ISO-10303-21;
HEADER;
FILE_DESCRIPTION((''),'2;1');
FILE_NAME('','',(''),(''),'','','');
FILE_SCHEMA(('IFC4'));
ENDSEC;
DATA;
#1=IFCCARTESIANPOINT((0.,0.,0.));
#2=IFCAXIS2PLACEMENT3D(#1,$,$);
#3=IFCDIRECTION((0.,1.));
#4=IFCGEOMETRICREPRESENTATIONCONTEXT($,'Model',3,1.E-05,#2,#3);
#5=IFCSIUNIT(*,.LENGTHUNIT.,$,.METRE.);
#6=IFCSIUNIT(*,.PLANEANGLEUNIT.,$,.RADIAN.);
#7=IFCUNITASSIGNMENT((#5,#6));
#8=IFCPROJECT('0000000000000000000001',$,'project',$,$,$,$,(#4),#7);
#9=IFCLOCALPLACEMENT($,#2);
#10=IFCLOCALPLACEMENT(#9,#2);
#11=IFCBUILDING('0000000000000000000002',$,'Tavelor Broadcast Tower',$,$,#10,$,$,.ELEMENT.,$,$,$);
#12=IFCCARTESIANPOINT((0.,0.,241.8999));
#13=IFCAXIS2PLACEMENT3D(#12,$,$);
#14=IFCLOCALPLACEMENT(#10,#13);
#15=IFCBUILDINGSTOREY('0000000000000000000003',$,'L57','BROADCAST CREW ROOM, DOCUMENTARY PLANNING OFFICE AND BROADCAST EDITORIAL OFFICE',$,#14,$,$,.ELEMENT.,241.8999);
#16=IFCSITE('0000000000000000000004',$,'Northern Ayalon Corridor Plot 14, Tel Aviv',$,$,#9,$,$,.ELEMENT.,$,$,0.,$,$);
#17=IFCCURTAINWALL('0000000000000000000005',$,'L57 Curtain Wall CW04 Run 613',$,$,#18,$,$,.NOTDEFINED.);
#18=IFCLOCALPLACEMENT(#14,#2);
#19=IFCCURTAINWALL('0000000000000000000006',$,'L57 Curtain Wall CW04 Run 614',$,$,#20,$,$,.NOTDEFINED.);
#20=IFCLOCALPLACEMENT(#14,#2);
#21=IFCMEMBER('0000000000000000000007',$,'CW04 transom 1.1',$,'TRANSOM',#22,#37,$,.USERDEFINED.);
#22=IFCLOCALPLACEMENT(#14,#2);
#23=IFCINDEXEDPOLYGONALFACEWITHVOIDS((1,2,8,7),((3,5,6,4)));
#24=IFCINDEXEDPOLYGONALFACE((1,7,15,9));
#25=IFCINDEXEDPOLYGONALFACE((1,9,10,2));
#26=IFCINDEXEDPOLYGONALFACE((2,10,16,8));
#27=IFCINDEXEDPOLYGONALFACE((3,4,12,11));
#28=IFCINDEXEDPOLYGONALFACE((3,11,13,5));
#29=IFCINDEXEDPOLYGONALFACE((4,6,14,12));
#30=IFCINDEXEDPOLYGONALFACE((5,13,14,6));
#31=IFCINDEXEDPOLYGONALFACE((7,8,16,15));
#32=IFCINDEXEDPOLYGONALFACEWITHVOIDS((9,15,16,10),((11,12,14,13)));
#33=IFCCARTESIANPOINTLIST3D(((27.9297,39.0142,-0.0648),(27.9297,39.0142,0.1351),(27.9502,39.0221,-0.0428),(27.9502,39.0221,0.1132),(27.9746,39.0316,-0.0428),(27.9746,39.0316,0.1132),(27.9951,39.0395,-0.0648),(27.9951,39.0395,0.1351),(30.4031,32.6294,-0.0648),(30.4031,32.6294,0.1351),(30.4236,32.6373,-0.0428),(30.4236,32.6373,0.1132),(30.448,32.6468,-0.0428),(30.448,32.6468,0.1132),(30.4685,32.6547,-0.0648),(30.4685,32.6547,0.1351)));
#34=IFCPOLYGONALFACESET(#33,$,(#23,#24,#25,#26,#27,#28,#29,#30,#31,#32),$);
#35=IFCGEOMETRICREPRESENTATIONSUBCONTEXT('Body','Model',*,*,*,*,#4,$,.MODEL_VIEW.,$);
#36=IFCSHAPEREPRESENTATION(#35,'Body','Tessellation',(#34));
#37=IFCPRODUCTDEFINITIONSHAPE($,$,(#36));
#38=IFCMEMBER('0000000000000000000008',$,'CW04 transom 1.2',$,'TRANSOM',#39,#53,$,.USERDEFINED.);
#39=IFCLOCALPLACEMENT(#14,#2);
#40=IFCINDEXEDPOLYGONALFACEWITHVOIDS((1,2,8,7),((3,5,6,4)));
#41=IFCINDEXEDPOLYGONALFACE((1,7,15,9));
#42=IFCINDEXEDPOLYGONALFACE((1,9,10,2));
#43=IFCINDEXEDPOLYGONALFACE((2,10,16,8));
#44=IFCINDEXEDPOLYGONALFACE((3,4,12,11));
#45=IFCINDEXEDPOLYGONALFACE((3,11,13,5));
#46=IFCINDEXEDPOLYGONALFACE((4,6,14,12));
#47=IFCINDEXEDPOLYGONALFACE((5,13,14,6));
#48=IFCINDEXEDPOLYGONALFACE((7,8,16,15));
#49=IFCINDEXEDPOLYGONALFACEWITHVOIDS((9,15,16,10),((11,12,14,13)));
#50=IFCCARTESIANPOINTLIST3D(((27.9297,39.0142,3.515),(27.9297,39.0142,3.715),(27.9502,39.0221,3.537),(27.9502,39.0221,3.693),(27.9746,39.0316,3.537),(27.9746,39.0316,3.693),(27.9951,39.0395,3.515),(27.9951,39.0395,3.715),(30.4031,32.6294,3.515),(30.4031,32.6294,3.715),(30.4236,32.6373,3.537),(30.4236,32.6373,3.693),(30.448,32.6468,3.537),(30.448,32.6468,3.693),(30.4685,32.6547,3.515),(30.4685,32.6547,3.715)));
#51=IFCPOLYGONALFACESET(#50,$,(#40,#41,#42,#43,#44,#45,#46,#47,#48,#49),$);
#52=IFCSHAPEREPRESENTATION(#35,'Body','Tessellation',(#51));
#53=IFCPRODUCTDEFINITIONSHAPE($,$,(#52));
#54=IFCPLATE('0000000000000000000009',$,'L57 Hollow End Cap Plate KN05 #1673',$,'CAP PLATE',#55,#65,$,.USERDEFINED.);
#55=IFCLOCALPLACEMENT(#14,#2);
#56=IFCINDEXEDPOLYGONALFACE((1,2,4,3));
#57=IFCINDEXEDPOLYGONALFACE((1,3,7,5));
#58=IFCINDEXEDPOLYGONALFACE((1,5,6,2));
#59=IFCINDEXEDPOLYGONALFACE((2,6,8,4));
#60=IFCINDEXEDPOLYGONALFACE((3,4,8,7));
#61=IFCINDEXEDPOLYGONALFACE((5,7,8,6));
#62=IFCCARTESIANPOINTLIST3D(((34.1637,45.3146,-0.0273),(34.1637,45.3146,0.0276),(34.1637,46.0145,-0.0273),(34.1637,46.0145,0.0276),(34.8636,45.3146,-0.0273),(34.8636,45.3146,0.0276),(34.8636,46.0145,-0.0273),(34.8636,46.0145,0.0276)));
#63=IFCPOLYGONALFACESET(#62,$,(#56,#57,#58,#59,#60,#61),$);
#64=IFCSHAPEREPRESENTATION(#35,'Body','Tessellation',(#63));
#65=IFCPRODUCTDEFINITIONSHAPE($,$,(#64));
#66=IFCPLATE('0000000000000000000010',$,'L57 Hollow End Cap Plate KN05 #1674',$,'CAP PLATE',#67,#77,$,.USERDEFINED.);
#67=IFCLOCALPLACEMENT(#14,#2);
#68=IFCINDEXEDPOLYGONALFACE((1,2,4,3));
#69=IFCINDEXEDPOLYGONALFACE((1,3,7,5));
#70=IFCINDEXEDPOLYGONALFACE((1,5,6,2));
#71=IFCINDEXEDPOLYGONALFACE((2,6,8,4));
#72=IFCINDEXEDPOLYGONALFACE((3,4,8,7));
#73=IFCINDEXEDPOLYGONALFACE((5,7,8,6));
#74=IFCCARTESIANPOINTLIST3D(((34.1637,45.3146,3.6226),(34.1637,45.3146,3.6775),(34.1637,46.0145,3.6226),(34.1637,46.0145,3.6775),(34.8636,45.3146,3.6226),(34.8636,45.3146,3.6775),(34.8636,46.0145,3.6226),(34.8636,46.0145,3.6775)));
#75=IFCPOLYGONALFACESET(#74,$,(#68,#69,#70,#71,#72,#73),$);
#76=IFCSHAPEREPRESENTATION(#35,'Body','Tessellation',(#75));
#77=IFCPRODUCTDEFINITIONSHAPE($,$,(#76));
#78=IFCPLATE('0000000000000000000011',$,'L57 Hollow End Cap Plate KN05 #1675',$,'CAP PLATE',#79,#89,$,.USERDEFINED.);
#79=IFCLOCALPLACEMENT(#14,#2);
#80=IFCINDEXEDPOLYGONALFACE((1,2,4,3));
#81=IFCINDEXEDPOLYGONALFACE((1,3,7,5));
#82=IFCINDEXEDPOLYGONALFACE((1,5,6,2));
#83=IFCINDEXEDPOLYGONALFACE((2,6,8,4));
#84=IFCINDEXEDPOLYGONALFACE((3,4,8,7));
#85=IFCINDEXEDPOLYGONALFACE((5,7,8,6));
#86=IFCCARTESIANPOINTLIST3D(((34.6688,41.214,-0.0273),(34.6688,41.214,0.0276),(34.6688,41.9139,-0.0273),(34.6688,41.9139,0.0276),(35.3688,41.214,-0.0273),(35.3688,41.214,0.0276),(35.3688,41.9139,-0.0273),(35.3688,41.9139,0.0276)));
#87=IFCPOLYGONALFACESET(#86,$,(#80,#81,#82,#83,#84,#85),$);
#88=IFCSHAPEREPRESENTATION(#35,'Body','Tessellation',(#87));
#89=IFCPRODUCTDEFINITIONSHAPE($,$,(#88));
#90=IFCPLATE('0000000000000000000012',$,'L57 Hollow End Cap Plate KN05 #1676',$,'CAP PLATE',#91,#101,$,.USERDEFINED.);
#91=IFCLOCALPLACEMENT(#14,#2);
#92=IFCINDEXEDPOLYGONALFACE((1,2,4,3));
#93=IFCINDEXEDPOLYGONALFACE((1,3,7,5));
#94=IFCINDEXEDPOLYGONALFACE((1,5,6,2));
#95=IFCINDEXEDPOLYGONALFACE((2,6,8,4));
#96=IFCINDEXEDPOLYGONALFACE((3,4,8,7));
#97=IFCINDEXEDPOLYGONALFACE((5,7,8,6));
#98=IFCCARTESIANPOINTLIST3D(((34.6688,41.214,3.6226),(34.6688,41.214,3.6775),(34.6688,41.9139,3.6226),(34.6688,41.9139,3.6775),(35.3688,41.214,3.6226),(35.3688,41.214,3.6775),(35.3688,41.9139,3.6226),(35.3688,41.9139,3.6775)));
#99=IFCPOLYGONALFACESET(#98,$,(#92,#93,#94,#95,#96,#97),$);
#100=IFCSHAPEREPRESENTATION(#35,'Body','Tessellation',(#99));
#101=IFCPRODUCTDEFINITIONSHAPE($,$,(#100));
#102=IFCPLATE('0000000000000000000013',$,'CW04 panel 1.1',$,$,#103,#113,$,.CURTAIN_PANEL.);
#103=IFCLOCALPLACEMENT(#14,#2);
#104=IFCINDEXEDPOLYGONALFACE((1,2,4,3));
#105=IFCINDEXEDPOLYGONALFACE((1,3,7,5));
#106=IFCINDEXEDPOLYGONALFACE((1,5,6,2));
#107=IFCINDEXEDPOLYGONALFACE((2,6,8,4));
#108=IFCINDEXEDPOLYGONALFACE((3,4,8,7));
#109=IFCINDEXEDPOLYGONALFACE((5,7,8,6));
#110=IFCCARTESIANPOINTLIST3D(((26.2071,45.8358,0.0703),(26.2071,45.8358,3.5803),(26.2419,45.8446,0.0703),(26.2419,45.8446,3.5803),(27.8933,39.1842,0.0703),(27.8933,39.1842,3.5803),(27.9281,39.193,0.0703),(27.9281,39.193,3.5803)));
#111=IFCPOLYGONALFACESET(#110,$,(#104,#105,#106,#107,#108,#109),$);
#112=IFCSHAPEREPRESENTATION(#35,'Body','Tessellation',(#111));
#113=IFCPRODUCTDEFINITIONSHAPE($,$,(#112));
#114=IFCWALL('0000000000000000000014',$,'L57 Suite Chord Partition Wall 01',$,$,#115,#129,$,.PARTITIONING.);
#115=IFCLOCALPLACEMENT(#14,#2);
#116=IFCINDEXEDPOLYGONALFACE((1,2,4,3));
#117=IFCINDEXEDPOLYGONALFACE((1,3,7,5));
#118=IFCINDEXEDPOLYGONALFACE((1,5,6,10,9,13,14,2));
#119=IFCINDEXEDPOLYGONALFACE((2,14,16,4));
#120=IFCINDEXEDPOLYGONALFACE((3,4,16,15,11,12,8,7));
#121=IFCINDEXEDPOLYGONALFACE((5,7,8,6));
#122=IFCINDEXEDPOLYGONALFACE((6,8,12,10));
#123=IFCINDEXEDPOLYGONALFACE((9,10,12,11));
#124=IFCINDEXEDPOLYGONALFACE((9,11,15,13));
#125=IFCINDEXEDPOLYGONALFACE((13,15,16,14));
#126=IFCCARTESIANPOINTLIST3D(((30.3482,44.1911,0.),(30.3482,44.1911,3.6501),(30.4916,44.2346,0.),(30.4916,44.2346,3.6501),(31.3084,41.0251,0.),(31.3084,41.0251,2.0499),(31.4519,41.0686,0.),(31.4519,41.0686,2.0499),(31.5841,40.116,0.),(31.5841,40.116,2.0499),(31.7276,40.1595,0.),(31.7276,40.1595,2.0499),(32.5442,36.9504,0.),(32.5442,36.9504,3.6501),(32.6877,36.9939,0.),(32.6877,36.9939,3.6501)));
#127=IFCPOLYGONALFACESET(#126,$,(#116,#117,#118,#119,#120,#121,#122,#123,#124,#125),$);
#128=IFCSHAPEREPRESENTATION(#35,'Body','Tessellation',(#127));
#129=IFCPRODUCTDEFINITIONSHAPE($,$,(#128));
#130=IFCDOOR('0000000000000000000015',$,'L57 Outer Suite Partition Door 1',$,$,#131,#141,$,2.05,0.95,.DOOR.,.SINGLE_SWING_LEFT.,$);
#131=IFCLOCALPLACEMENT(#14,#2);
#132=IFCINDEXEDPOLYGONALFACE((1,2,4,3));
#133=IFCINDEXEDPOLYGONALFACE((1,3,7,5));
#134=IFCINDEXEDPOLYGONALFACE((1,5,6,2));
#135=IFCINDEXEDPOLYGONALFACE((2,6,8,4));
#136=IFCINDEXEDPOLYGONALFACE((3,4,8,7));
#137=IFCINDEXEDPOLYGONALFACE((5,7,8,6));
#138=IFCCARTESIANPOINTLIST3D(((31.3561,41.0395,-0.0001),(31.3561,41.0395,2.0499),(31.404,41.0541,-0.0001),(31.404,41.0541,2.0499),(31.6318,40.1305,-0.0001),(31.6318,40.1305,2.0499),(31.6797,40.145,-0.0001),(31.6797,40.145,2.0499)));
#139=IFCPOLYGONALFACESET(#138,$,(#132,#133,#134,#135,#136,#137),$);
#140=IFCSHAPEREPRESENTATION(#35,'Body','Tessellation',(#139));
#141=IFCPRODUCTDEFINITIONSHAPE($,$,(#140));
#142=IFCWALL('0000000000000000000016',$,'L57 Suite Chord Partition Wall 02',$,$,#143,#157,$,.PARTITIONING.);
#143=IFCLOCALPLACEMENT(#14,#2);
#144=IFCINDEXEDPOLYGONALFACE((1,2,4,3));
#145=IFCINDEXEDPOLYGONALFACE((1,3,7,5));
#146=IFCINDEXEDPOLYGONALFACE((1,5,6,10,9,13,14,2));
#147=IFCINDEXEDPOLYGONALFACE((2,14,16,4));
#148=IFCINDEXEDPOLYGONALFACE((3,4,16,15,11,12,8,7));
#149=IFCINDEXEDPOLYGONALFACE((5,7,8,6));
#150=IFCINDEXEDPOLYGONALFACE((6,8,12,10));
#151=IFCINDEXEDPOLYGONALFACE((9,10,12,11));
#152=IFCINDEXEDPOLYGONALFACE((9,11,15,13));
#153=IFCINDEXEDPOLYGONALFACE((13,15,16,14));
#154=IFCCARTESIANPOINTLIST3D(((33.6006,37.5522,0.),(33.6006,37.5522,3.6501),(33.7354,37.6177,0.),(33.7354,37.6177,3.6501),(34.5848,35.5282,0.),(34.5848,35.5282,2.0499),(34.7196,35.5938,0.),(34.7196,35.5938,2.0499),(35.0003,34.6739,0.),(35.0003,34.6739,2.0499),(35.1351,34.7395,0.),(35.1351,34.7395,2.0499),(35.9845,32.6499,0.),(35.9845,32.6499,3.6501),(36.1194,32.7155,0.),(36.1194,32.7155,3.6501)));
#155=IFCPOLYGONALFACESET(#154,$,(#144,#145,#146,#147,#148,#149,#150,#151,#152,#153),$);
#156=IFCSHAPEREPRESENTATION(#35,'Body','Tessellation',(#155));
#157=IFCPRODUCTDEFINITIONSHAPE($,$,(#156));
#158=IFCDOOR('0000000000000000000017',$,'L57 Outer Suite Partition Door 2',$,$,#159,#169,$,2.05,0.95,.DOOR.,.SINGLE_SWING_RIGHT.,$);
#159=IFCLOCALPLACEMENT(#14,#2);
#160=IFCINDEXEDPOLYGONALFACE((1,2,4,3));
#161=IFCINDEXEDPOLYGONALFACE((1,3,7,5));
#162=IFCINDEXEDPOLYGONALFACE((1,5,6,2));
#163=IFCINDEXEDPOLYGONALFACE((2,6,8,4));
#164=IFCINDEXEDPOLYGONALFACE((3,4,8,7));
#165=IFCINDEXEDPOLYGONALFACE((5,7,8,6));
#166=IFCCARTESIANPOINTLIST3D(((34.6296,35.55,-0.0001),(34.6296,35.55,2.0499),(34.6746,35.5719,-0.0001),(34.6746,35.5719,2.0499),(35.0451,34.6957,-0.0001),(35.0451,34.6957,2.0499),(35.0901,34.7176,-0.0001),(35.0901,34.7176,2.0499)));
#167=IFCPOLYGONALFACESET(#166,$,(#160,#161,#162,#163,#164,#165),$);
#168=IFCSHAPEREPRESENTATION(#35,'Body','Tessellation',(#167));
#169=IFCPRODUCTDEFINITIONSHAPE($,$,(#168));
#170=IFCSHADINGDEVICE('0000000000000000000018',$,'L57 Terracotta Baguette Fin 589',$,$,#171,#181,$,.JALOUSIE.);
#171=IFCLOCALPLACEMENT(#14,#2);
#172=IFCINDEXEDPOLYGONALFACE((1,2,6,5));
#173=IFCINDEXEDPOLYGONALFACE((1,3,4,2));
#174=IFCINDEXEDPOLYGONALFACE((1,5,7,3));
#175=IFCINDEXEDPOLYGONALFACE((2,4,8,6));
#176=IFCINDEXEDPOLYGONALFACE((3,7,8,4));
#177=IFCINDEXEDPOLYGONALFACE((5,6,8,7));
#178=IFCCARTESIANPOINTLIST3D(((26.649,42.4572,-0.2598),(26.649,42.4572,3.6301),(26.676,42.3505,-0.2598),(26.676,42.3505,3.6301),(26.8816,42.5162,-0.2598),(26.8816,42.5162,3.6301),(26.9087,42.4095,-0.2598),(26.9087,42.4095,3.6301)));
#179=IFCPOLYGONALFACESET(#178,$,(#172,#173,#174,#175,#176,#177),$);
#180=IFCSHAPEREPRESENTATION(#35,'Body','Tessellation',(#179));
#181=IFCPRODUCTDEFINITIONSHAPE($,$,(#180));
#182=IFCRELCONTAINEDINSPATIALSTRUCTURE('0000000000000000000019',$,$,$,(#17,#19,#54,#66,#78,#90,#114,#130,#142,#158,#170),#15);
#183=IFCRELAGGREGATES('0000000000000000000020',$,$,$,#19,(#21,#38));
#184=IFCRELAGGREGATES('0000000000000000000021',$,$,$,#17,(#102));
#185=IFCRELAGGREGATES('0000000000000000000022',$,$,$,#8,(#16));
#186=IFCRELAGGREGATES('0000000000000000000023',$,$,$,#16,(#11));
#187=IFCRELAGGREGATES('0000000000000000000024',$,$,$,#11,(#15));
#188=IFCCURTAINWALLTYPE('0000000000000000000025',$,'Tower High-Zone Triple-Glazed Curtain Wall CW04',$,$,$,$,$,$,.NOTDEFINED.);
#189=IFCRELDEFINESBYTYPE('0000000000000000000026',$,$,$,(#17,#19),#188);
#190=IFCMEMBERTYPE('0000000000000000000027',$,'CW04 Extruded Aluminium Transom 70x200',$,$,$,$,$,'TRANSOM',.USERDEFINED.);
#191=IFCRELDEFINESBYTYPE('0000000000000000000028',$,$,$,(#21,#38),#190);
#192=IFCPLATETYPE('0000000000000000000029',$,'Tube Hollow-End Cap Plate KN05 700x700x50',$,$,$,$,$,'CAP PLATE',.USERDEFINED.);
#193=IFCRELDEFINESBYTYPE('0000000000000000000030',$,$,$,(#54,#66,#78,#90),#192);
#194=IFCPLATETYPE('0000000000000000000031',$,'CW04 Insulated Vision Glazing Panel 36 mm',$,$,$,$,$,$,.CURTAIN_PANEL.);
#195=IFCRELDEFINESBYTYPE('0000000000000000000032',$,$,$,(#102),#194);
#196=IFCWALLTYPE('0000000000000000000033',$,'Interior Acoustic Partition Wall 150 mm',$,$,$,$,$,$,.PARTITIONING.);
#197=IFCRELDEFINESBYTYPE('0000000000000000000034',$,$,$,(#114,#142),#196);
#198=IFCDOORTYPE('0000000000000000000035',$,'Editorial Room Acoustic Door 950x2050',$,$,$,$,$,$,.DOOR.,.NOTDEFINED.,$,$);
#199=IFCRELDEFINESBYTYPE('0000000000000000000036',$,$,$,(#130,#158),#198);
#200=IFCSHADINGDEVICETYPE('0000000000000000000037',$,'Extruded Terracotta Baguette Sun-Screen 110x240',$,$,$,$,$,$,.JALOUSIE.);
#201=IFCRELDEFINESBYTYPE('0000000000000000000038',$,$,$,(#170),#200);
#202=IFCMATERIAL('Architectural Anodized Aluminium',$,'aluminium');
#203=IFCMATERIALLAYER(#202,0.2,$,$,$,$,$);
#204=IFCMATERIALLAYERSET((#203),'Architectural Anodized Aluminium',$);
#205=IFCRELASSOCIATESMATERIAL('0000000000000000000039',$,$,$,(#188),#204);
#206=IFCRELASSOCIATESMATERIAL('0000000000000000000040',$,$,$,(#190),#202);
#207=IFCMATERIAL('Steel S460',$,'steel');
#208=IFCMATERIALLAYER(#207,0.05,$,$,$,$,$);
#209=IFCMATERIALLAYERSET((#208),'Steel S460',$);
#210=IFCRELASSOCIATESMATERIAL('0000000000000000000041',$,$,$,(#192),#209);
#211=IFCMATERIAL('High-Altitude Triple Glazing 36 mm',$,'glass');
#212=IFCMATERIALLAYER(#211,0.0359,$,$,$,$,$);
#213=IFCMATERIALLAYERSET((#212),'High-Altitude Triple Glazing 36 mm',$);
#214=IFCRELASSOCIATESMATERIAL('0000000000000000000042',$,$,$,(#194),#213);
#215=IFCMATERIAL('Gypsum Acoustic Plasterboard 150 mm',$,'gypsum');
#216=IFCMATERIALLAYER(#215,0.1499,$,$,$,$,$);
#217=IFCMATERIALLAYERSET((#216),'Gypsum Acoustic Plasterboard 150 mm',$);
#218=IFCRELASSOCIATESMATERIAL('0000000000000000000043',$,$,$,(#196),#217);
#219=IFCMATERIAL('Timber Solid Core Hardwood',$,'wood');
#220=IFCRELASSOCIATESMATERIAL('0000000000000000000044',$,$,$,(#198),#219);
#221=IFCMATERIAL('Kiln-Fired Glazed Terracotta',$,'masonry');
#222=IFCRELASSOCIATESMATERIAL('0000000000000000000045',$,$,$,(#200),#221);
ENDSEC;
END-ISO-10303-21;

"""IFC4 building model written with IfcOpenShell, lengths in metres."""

from ifc_helpers import new_model, si_unit, direction, frame, frame_2d, origin, origin_2d, place, context, subcontext, project, spatial, rectangle, hollow_rectangle, extrude, source, transform, mapped, material, layer, layer_set, material_profile, profile_set, type_object, type_shapes, element, fill, aggregate, save


model = new_model("IFC4")

# Units and contexts
model_context = context("Model", 3, precision=1e-05, world=origin(), true_north=direction((0.0, 1.0)))
body_context = subcontext(model_context, "Body", "Model", "MODEL_VIEW")
ifc_project = project(units=[si_unit("LENGTHUNIT", "METRE"), si_unit("PLANEANGLEUNIT", "RADIAN")], contexts=[model_context])

# Site, building, storey
site_placement = place(None, origin())
site = spatial("IfcSite", under=ifc_project, at=site_placement, Name="Northern Ayalon Corridor Plot 14, Tel Aviv", CompositionType="ELEMENT", RefElevation=0.0)
building_placement = place(site_placement, origin())
building = spatial("IfcBuilding", under=site, at=building_placement, Name="Tavelor Broadcast Tower", CompositionType="ELEMENT")
storey_placement = place(building_placement, frame((0.0, 0.0, 241.8999)))
storey = spatial("IfcBuildingStorey", under=building, at=storey_placement, Name="L57", Description="BROADCAST CREW ROOM, DOCUMENTARY PLANNING OFFICE AND BROADCAST EDITORIAL OFFICE", CompositionType="ELEMENT", Elevation=241.8999)

# Shared definitions
ifc_material_1 = material(Name="Steel S460", Category="steel")

# Curtain wall
ifc_material_2 = material(Name="Architectural Anodized Aluminium", Category="aluminium")
ifc_layer_1 = layer(ifc_material_2, 0.2)
ifc_layer_set_1 = layer_set([ifc_layer_1], Name="Architectural Anodized Aluminium")
curtain_wall_type = type_object("IfcCurtainWallType", Name="Tower High-Zone Triple-Glazed Curtain Wall CW04", PredefinedType="NOTDEFINED", material=ifc_layer_set_1)
curtain_wall_1_placement = place(storey_placement, origin())
curtain_wall_1 = element("IfcCurtainWall", 1, at=curtain_wall_1_placement, inside=storey, type_object=curtain_wall_type, Name="L57 Curtain Wall CW04 Run 613", PredefinedType="NOTDEFINED")

# Curtain wall
curtain_wall_2_placement = place(storey_placement, origin())
curtain_wall_2 = element("IfcCurtainWall", 2, at=curtain_wall_2_placement, inside=storey, type_object=curtain_wall_type, Name="L57 Curtain Wall CW04 Run 614", PredefinedType="NOTDEFINED")

# Members
ifc_material_profile_1 = material_profile(ifc_material_2, hollow_rectangle(XDim=0.0701, YDim=0.2, WallThickness=0.022, at=origin_2d()), Name="RHS 70x200x22")
ifc_profile_set_1 = profile_set([ifc_material_profile_1], Name="Architectural Anodized Aluminium")
member_type_1 = type_object("IfcMemberType", Name="CW04 Extruded Aluminium Transom 70x200", ElementType="TRANSOM", PredefinedType="USERDEFINED", material=ifc_profile_set_1)
shared_shape_1 = source(origin(), body_context, "Body", "SweptSolid", [
    extrude(hollow_rectangle(XDim=0.0701, YDim=0.2, WallThickness=0.022, at=origin_2d()), origin(), (0.0, 0.0, 1.0), 6.8472),
])
member_1_placement = place(storey_placement, frame((27.9624, 39.0269, 0.0352), z_axis=(0.361231, -0.932476, 0.0), x_axis=(0.932476, 0.361231, 0.0)))
member_1 = element("IfcMember", 3, at=member_1_placement, type_object=member_type_1, Name="CW04 transom 1.1", ObjectType="TRANSOM", PredefinedType="USERDEFINED", context=body_context, shape_type="MappedRepresentation", body=[
    mapped(shared_shape_1, transform((0.0, 0.0, 0.0), scale=1.0)),
])
member_2_placement = place(storey_placement, frame((27.9624, 39.0269, 3.615), z_axis=(0.361231, -0.932476, 0.0), x_axis=(0.932476, 0.361231, 0.0)))
member_2 = element("IfcMember", 4, at=member_2_placement, type_object=member_type_1, Name="CW04 transom 1.2", ObjectType="TRANSOM", PredefinedType="USERDEFINED", context=body_context, shape_type="MappedRepresentation", body=[
    mapped(shared_shape_1, transform((0.0, 0.0, 0.0), scale=1.0)),
])
aggregate(curtain_wall_2, [member_1, member_2])

# Plates
ifc_layer_2 = layer(ifc_material_1, 0.05)
ifc_layer_set_2 = layer_set([ifc_layer_2], Name="Steel S460")
plate_type_1 = type_object("IfcPlateType", Name="Tube Hollow-End Cap Plate KN05 700x700x50", ElementType="CAP PLATE", PredefinedType="USERDEFINED", material=ifc_layer_set_2)
shared_shape_2 = source(origin(), body_context, "Body", "SweptSolid", [
    extrude(rectangle(XDim=0.7, YDim=0.7, at=origin_2d()), origin(), (0.0, 0.0, 1.0), 0.0549),
])
type_shapes(plate_type_1, [shared_shape_2])
for number, where, z_axis, x_axis, name in (
    (5, (34.5137, 45.6646, -0.0273), (0.0, 0.0, 1.0), (1.0, 0.0, 0.0), "L57 Hollow End Cap Plate KN05 #1673"),
    (6, (34.5137, 45.6646, 3.6226), (0.0, 0.0, 1.0), (1.0, 0.0, 0.0), "L57 Hollow End Cap Plate KN05 #1674"),
    (7, (35.0188, 41.564, -0.0273), (0.0, 0.0, 1.0), (1.0, 0.0, 0.0), "L57 Hollow End Cap Plate KN05 #1675"),
    (8, (35.0188, 41.564, 3.6226), (0.0, 0.0, 1.0), (1.0, 0.0, 0.0), "L57 Hollow End Cap Plate KN05 #1676"),
):
    element("IfcPlate", number, at=place(storey_placement, frame(where, z_axis=z_axis, x_axis=x_axis)), inside=storey, type_object=plate_type_1, Name=name, ObjectType="CAP PLATE", PredefinedType="USERDEFINED", context=body_context, shape_type="MappedRepresentation", body=[
        mapped(shared_shape_2, transform((0.0, 0.0, 0.0), scale=1.0)),
    ])

# Plate
ifc_material_3 = material(Name="High-Altitude Triple Glazing 36 mm", Category="glass")
ifc_layer_3 = layer(ifc_material_3, 0.0359)
ifc_layer_set_3 = layer_set([ifc_layer_3], Name="High-Altitude Triple Glazing 36 mm")
plate_type_2 = type_object("IfcPlateType", Name="CW04 Insulated Vision Glazing Panel 36 mm", PredefinedType="CURTAIN_PANEL", material=ifc_layer_set_3)
shared_shape_3 = source(origin(), body_context, "Body", "SweptSolid", [
    extrude(rectangle(XDim=6.8621, YDim=0.0359, at=origin_2d()), origin(), (0.0, 0.0, 1.0), 3.51),
])
type_shapes(plate_type_2, [shared_shape_3])
plate_placement = place(storey_placement, frame((27.0676, 42.5144, 0.0703), z_axis=(0.0, 0.0, 1.0), x_axis=(0.245727, -0.969339, 0.0)))
plate = element("IfcPlate", 9, at=plate_placement, type_object=plate_type_2, Name="CW04 panel 1.1", PredefinedType="CURTAIN_PANEL", context=body_context, shape_type="MappedRepresentation", body=[
    mapped(shared_shape_3, transform((0.0, 0.0, 0.0), scale=1.0)),
])
aggregate(curtain_wall_1, [plate])

# Walls, openings, doors
ifc_material_4 = material(Name="Gypsum Acoustic Plasterboard 150 mm", Category="gypsum")
ifc_layer_4 = layer(ifc_material_4, 0.1499)
ifc_layer_set_4 = layer_set([ifc_layer_4], Name="Gypsum Acoustic Plasterboard 150 mm")
wall_type = type_object("IfcWallType", Name="Interior Acoustic Partition Wall 150 mm", PredefinedType="PARTITIONING", material=ifc_layer_set_4)
wall_1_placement = place(storey_placement, frame((30.4199, 44.2129, 0.0), z_axis=(0.0, 0.0, 1.0), x_axis=(0.290236, -0.956955, 0.0)))
wall_1 = element("IfcWall", 10, at=wall_1_placement, inside=storey, type_object=wall_type, Name="L57 Suite Chord Partition Wall 01", PredefinedType="PARTITIONING", context=body_context, shape_type="SweptSolid", body=[
    extrude(rectangle(XDim=7.5664, YDim=0.1499, at=frame_2d((3.7832, 0.0))), origin(), (0.0, 0.0, 1.0), 3.6501),
])
opening_1_placement = place(wall_1_placement, frame((3.3083, 0.0, 0.0)))
opening_1 = element("IfcOpeningElement", 11, at=opening_1_placement, cuts=wall_1, PredefinedType="OPENING", context=body_context, shape_type="SweptSolid", body=[
    extrude(rectangle(XDim=0.95, YDim=2.05, at=frame_2d((0.4751, 1.0249))), frame((0.0, 0.085, 0.0), z_axis=(0.0, -1.0, 0.0), x_axis=(1.0, 0.0, 0.0)), (0.0, 0.0, 1.0), 0.1699),
])
ifc_material_5 = material(Name="Timber Solid Core Hardwood", Category="wood")
door_type = type_object("IfcDoorType", Name="Editorial Room Acoustic Door 950x2050", OperationType="NOTDEFINED", PredefinedType="DOOR", material=ifc_material_5)
door_1_placement = place(opening_1_placement, origin())
door_1 = element("IfcDoor", 12, at=door_1_placement, inside=storey, type_object=door_type, Name="L57 Outer Suite Partition Door 1", OperationType="SINGLE_SWING_LEFT", OverallHeight=2.05, OverallWidth=0.95, PredefinedType="DOOR", context=body_context, shape_type="SweptSolid", body=[
    extrude(rectangle(XDim=0.95, YDim=2.05, at=frame_2d((0.4751, 1.0249))), frame((0.0, 0.0249, 0.0), z_axis=(0.0, -1.0, 0.0), x_axis=(1.0, 0.0, 0.0)), (0.0, 0.0, 1.0), 0.05),
])
fill(opening_1, door_1)
wall_2_placement = place(storey_placement, frame((33.668, 37.585, 0.0), z_axis=(0.0, 0.0, 1.0), x_axis=(0.437334, -0.899299, 0.0)))
wall_2 = element("IfcWall", 13, at=wall_2_placement, inside=storey, type_object=wall_type, Name="L57 Suite Chord Partition Wall 02", PredefinedType="PARTITIONING", context=body_context, shape_type="SweptSolid", body=[
    extrude(rectangle(XDim=5.4512, YDim=0.1499, at=frame_2d((2.7256, 0.0))), origin(), (0.0, 0.0, 1.0), 3.6501),
])
opening_2_placement = place(wall_2_placement, frame((2.2505, 0.0, 0.0)))
opening_2 = element("IfcOpeningElement", 14, at=opening_2_placement, cuts=wall_2, PredefinedType="OPENING", context=body_context, shape_type="SweptSolid", body=[
    extrude(rectangle(XDim=0.95, YDim=2.05, at=frame_2d((0.4751, 1.0249))), frame((0.0, 0.085, 0.0), z_axis=(0.0, -1.0, 0.0), x_axis=(1.0, 0.0, 0.0)), (0.0, 0.0, 1.0), 0.1699),
])
door_2_placement = place(opening_2_placement, origin())
door_2 = element("IfcDoor", 15, at=door_2_placement, inside=storey, type_object=door_type, Name="L57 Outer Suite Partition Door 2", OperationType="SINGLE_SWING_RIGHT", OverallHeight=2.05, OverallWidth=0.95, PredefinedType="DOOR", context=body_context, shape_type="SweptSolid", body=[
    extrude(rectangle(XDim=0.95, YDim=2.05, at=frame_2d((0.4751, 1.0249))), frame((0.0, 0.0249, 0.0), z_axis=(0.0, -1.0, 0.0), x_axis=(1.0, 0.0, 0.0)), (0.0, 0.0, 1.0), 0.05),
])
fill(opening_2, door_2)

# Shading device
ifc_material_6 = material(Name="Kiln-Fired Glazed Terracotta", Category="masonry")
shading_device_type = type_object("IfcShadingDeviceType", Name="Extruded Terracotta Baguette Sun-Screen 110x240", PredefinedType="JALOUSIE", material=ifc_material_6)
shared_shape_4 = source(origin(), body_context, "Body", "SweptSolid", [
    extrude(rectangle(XDim=0.1101, YDim=0.24, at=origin_2d()), origin(), (0.0, 0.0, 1.0), 3.8899),
])
type_shapes(shading_device_type, [shared_shape_4])
shading_device_placement = place(storey_placement, frame((26.7788, 42.4333, -0.2598), z_axis=(0.0, 0.0, 1.0), x_axis=(0.245815, -0.969317, 0.0)))
element("IfcShadingDevice", 16, at=shading_device_placement, inside=storey, type_object=shading_device_type, Name="L57 Terracotta Baguette Fin 589", PredefinedType="JALOUSIE", context=body_context, shape_type="MappedRepresentation", body=[
    mapped(shared_shape_4, transform((0.0, 0.0, 0.0), scale=1.0)),
])

save(model, "model.ifc")
